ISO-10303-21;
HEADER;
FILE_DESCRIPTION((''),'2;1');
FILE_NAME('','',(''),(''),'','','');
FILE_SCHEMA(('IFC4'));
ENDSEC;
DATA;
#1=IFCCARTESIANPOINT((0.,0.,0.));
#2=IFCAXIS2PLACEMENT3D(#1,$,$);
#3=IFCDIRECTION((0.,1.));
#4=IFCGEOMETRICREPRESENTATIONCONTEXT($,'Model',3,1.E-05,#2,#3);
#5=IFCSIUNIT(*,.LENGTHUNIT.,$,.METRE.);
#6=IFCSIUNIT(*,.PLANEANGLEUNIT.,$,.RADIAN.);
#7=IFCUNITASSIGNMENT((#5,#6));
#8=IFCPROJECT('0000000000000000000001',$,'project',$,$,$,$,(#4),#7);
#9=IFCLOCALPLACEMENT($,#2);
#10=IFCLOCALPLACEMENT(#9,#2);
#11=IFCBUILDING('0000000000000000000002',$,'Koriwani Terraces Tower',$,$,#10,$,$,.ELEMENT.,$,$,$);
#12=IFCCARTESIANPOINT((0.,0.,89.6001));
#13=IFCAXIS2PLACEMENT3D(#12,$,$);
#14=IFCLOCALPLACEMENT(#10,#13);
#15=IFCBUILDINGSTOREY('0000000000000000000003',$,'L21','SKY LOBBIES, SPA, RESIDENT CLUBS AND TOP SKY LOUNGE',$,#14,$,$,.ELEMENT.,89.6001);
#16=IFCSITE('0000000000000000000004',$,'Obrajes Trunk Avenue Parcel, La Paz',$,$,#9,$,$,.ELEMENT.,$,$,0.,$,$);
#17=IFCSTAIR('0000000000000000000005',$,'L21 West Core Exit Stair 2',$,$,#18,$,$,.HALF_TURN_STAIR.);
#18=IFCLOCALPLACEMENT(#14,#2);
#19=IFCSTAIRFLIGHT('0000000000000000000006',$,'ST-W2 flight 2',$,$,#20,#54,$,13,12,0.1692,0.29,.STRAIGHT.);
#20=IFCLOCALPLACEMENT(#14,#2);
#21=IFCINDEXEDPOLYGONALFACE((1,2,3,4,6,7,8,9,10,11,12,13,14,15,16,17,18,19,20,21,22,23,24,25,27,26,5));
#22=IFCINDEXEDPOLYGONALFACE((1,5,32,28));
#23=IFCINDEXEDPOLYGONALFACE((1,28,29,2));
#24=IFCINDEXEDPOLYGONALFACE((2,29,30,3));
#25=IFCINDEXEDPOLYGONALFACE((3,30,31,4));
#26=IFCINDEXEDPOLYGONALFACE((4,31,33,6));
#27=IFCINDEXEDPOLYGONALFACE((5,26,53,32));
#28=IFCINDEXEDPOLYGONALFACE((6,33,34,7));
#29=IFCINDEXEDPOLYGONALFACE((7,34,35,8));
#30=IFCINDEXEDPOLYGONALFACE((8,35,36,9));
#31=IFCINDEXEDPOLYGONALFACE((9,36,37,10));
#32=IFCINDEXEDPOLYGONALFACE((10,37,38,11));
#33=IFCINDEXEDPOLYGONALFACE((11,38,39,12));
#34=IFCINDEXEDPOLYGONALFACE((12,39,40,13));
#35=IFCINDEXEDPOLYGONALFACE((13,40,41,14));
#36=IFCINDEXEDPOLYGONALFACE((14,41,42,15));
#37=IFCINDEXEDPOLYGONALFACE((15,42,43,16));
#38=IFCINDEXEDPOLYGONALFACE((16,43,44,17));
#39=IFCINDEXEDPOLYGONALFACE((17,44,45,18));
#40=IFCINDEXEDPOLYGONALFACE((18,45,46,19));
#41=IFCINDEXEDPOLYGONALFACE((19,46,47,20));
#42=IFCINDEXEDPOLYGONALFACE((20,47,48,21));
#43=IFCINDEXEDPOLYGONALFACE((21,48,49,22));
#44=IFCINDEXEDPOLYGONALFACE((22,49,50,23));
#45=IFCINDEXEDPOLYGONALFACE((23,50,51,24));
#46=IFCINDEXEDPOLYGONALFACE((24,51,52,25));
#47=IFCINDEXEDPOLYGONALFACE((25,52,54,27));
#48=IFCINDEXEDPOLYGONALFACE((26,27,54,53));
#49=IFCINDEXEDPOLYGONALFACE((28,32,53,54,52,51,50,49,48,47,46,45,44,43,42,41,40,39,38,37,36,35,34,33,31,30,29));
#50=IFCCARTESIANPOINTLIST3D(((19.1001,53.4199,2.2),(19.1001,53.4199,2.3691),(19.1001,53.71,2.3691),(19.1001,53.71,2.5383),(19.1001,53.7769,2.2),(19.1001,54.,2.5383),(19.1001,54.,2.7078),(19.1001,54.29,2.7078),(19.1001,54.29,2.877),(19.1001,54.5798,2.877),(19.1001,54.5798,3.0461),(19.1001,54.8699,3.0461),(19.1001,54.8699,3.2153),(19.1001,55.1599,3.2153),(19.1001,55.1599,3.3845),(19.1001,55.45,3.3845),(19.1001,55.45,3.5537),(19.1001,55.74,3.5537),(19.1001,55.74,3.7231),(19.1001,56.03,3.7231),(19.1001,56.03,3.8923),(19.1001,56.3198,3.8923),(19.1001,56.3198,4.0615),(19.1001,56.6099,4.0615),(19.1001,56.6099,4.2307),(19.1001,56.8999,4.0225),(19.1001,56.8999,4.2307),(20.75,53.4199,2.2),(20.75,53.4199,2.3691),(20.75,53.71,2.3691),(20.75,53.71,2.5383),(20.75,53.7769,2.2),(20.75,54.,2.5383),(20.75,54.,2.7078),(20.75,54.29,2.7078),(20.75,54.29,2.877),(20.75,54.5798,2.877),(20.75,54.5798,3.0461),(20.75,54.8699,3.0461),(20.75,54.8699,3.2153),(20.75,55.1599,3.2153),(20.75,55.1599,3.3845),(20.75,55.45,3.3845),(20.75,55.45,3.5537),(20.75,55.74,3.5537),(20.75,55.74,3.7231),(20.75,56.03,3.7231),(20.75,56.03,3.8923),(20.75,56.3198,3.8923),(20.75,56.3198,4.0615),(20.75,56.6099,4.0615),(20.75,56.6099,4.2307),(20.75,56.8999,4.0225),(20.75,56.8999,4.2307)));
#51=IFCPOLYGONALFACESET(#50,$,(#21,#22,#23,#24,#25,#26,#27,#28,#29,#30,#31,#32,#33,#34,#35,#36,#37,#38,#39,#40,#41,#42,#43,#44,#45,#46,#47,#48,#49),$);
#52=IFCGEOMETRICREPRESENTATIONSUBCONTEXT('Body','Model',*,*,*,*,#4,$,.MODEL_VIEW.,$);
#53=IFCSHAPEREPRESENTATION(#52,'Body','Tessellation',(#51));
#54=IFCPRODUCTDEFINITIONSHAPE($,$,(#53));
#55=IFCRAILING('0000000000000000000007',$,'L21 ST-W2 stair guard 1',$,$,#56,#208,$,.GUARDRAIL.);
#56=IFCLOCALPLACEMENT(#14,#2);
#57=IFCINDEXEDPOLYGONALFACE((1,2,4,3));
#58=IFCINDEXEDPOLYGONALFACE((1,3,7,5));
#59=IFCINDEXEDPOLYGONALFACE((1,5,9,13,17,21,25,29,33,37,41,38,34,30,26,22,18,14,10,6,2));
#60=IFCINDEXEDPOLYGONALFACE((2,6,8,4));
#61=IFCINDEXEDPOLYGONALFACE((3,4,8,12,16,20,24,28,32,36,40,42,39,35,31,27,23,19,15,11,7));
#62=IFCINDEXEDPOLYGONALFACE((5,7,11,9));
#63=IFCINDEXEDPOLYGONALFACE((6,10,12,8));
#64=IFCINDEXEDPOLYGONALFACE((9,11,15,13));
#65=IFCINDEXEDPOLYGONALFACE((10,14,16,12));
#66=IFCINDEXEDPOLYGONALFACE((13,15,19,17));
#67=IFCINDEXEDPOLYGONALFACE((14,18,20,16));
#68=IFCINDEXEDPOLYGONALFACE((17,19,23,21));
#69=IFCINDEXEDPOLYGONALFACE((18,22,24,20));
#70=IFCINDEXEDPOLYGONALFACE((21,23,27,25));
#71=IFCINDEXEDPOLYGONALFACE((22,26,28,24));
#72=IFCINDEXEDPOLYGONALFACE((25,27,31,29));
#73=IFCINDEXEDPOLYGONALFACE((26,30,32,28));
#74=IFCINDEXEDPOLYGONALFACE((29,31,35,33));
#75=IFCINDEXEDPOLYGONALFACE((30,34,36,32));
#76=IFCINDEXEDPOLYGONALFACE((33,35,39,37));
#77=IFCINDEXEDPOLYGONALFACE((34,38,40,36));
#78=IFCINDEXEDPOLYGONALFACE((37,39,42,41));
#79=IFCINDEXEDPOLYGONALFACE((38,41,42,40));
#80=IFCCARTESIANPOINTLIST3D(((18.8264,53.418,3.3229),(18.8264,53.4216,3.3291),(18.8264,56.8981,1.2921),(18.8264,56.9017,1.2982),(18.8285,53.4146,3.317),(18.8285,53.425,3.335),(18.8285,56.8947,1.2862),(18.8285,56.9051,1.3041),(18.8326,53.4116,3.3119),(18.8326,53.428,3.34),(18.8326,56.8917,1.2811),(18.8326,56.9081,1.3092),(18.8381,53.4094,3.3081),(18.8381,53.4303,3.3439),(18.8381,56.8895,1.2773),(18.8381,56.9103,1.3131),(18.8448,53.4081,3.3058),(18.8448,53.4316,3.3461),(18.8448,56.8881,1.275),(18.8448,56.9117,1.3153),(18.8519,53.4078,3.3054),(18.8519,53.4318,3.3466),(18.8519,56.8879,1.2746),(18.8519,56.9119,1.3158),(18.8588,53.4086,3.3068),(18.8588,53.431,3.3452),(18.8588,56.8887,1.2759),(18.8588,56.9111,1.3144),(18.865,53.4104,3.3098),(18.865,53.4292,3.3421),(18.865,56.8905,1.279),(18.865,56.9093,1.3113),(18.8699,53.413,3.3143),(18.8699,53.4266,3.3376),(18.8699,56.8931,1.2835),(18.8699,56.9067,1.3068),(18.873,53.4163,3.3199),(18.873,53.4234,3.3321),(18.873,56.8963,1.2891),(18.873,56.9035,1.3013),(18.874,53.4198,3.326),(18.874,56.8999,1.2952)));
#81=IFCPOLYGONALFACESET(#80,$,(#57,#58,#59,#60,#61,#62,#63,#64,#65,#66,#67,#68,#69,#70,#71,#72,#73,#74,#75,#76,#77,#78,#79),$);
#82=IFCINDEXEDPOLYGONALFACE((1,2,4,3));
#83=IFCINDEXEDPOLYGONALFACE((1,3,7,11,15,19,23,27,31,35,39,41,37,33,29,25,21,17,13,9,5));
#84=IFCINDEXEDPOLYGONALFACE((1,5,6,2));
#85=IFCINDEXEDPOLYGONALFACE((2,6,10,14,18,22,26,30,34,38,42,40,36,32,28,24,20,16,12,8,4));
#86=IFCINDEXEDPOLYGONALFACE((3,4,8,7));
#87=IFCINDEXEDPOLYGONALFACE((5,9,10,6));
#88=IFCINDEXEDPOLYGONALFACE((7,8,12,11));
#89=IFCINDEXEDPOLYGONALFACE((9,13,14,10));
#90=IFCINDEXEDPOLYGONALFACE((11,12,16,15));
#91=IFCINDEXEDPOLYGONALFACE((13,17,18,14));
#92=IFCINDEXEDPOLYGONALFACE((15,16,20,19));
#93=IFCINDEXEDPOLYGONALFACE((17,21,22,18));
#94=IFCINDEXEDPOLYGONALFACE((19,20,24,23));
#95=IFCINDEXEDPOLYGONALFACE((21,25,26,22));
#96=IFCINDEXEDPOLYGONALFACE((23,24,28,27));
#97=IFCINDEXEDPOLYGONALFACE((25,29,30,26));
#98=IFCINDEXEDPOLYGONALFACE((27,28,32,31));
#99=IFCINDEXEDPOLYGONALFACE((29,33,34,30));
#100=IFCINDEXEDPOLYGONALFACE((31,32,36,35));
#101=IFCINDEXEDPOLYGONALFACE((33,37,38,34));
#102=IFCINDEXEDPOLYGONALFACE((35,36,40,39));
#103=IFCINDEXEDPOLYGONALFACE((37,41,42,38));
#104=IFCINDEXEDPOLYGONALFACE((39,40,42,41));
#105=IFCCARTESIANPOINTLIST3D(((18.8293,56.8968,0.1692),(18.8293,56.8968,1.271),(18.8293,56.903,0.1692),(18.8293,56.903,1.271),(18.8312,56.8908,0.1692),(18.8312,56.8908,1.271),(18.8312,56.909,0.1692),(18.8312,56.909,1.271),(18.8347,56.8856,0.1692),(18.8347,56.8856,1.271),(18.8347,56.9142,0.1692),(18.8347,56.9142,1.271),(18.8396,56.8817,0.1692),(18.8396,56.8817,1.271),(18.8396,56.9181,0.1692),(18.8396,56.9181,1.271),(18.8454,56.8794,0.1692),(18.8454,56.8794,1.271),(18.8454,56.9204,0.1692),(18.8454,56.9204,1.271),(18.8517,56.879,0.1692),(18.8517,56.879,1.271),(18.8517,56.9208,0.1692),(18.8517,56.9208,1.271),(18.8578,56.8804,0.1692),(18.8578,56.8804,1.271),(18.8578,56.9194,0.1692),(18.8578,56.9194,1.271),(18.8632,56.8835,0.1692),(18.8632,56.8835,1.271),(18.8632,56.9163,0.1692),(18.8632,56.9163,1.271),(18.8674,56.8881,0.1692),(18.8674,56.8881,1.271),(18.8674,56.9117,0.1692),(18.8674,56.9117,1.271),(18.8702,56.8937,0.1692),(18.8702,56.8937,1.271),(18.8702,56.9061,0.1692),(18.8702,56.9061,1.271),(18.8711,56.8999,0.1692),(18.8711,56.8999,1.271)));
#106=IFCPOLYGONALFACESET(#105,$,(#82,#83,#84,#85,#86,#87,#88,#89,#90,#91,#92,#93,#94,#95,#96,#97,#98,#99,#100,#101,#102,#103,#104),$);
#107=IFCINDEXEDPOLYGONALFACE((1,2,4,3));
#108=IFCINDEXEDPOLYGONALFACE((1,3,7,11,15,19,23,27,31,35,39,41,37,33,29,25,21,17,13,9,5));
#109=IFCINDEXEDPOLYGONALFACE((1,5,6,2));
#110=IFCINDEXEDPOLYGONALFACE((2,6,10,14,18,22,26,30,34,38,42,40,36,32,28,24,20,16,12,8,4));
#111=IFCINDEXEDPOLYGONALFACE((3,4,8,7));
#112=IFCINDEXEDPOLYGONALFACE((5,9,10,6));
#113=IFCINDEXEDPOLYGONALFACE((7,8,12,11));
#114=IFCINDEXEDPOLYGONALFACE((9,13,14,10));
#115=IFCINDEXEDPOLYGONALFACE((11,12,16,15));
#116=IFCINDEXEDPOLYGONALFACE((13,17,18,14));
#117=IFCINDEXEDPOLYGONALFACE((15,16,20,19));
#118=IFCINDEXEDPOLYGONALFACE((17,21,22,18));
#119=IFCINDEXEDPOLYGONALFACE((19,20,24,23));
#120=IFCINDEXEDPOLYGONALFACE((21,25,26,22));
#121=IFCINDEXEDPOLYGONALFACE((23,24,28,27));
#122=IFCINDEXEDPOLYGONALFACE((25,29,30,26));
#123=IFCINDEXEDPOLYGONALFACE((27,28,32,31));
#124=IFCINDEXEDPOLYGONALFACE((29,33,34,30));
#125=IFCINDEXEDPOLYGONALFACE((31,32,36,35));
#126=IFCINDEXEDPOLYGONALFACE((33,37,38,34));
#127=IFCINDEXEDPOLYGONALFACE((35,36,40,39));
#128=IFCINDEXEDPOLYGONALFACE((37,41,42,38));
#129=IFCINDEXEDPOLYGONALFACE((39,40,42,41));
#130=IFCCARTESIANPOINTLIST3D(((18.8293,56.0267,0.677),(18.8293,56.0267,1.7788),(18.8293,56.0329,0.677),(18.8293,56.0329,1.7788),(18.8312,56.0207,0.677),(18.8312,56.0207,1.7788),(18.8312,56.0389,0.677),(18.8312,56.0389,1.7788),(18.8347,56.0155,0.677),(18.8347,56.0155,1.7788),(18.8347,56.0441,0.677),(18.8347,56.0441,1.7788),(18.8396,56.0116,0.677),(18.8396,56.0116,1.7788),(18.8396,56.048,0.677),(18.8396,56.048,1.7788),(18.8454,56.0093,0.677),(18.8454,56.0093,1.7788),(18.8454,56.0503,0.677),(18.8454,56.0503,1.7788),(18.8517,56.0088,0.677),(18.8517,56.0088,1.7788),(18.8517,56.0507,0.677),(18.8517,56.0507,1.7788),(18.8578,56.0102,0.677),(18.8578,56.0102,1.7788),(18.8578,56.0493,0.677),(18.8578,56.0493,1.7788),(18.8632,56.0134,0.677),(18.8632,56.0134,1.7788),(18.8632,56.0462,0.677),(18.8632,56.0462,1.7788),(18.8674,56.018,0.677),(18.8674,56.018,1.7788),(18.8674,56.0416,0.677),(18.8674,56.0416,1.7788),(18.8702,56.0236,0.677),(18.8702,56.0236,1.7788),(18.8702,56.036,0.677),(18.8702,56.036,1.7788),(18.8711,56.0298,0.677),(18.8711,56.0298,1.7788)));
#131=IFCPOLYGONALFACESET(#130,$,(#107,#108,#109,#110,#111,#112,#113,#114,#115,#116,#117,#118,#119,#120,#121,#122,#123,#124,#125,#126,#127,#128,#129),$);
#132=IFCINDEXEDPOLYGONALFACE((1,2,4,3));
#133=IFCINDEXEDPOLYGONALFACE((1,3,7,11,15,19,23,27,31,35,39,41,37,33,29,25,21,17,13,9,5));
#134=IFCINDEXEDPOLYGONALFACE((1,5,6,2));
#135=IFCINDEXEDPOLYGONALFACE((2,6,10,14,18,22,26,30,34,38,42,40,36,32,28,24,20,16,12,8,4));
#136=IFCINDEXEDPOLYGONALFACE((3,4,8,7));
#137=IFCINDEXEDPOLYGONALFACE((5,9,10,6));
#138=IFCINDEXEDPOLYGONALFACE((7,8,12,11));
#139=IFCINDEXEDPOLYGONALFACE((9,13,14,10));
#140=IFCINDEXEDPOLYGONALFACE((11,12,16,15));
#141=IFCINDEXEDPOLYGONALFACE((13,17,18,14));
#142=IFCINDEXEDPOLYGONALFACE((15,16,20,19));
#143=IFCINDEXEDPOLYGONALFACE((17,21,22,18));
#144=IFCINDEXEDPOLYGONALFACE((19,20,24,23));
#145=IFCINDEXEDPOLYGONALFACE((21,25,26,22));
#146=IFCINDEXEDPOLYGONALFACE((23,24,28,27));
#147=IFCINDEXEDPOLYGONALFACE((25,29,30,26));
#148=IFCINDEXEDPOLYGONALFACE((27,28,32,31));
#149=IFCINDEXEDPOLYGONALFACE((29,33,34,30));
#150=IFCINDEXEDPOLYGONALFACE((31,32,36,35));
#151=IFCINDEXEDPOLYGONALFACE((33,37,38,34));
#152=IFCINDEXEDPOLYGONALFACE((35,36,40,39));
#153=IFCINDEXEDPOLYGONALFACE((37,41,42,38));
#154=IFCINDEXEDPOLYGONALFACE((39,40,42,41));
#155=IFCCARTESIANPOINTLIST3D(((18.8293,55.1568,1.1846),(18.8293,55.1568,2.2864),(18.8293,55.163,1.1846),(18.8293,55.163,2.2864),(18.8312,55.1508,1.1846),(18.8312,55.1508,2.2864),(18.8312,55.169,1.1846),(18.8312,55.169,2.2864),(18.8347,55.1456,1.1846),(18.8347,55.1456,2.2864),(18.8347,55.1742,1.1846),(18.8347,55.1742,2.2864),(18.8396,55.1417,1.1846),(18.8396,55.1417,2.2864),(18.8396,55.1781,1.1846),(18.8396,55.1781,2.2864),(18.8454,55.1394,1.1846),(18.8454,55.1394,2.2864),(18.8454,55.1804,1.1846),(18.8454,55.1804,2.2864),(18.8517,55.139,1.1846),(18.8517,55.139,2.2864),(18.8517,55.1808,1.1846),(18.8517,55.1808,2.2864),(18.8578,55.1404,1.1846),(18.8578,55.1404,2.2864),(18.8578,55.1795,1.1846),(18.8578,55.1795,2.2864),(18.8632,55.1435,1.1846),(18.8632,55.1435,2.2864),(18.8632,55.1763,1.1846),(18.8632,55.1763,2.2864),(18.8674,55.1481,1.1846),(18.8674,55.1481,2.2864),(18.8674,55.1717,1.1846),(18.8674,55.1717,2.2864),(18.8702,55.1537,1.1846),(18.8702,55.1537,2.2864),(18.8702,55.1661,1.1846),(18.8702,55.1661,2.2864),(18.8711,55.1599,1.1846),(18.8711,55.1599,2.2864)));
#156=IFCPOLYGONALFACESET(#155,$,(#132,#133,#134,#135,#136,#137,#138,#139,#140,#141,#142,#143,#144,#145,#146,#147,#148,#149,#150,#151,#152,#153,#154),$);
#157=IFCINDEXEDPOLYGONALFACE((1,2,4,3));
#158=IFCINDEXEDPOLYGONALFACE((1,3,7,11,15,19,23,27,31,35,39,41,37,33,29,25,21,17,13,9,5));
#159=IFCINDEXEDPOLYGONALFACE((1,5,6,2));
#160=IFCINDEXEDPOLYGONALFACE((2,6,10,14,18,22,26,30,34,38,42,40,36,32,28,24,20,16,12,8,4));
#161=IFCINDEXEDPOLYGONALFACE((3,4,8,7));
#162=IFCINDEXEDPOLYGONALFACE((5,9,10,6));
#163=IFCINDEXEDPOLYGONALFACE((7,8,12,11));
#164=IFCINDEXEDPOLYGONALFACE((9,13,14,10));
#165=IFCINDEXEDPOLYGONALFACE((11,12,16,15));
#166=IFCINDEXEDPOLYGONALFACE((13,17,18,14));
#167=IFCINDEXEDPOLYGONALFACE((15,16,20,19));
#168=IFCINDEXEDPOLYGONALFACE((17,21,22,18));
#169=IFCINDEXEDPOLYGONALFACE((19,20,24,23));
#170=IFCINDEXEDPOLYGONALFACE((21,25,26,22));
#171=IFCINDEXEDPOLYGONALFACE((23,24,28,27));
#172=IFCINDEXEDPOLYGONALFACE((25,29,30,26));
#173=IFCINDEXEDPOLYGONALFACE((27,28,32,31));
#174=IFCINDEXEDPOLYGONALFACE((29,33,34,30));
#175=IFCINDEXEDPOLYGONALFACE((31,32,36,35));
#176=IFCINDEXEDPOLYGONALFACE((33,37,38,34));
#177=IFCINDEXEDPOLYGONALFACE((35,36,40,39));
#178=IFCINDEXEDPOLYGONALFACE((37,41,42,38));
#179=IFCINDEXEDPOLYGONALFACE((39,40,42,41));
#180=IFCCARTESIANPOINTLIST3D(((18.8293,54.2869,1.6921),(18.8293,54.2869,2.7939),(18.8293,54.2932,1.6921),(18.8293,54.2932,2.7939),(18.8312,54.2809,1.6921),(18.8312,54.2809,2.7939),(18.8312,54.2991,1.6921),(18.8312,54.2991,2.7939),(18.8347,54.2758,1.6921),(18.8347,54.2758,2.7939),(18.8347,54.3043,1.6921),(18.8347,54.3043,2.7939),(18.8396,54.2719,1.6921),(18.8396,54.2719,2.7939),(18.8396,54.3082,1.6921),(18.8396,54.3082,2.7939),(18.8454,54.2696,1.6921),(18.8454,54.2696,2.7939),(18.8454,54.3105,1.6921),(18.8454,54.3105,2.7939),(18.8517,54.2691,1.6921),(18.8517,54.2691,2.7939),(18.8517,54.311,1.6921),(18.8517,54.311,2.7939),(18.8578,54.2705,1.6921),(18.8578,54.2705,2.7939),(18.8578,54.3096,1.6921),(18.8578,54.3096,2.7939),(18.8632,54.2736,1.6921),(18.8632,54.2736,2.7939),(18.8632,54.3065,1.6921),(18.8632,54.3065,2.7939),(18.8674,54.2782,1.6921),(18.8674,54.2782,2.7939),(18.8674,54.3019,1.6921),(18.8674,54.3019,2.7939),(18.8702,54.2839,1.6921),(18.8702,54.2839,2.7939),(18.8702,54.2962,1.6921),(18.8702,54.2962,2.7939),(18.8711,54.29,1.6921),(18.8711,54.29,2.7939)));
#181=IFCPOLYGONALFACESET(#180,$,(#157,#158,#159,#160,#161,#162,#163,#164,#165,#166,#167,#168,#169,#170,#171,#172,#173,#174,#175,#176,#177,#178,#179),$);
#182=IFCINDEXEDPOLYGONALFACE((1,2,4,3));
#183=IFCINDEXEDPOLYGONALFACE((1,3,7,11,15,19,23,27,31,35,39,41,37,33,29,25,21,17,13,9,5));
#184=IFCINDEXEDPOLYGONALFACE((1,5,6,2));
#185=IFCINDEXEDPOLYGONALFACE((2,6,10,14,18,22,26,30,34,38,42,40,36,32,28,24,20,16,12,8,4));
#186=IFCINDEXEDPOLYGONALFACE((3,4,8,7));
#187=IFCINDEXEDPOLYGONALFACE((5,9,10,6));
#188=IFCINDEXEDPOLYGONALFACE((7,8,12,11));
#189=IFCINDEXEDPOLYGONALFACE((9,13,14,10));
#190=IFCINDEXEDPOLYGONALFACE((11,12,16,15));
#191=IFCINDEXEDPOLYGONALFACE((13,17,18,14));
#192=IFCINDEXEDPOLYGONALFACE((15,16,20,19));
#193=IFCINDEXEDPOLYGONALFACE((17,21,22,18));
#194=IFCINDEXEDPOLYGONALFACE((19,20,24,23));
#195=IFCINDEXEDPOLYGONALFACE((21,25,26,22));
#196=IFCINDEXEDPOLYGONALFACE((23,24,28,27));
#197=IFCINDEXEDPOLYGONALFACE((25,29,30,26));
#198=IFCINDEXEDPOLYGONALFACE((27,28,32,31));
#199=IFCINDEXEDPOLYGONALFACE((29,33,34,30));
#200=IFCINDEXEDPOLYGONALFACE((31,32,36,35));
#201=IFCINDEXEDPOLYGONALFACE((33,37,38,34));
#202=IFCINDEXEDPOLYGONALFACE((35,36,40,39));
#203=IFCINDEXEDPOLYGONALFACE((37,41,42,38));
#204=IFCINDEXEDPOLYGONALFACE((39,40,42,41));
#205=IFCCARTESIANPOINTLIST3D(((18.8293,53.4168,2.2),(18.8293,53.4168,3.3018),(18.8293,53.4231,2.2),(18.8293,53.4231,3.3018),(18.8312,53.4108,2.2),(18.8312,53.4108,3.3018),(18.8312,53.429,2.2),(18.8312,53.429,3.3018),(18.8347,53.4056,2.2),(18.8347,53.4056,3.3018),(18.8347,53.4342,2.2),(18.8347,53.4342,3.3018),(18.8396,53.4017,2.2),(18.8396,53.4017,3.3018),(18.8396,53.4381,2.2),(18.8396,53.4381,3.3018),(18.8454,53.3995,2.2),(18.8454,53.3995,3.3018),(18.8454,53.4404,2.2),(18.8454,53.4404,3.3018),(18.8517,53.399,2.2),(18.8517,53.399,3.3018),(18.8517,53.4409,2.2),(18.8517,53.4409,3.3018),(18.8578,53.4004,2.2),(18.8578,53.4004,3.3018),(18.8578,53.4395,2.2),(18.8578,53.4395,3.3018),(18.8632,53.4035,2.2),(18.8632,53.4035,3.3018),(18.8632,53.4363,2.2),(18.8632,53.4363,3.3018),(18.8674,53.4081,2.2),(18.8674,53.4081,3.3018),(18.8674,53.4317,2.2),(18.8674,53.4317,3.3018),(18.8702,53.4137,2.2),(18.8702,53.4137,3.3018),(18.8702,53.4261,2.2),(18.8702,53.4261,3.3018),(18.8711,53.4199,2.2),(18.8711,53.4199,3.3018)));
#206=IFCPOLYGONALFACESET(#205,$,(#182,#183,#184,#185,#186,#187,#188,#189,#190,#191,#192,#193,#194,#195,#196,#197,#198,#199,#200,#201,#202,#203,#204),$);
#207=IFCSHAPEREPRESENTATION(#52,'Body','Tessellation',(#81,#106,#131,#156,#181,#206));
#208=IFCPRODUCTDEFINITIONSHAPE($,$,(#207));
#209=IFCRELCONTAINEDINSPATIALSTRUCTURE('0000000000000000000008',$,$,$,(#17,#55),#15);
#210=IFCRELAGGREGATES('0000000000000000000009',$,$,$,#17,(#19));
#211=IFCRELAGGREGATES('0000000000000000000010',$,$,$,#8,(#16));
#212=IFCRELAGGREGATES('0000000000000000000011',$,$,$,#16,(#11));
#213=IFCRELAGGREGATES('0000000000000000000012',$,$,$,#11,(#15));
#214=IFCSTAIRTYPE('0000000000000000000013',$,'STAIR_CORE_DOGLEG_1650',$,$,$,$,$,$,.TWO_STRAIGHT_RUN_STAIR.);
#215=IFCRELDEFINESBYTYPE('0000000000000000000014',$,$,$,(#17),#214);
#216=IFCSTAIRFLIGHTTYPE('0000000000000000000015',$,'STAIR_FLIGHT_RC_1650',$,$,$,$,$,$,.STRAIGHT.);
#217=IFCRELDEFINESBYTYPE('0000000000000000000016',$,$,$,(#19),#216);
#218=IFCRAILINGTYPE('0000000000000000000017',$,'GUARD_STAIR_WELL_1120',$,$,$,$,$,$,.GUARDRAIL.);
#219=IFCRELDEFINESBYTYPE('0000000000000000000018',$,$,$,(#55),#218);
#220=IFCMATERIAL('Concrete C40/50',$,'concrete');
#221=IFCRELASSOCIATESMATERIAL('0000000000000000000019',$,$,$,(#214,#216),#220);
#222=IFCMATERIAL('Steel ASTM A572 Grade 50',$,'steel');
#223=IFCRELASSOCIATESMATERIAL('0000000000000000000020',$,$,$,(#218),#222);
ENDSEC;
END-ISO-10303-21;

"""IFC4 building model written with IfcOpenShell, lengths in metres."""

from ifc_helpers import new_model, si_unit, direction, frame, origin, origin_2d, place, context, subcontext, project, spatial, polyline, circle, outline, extrude, material, type_object, element, aggregate, save


model = new_model("IFC4")

# Units and contexts
model_context = context("Model", 3, precision=1e-05, world=origin(), true_north=direction((0.0, 1.0)))
body_context = subcontext(model_context, "Body", "Model", "MODEL_VIEW")
ifc_project = project(units=[si_unit("LENGTHUNIT", "METRE"), si_unit("PLANEANGLEUNIT", "RADIAN")], contexts=[model_context])

# Site, building, storey
site_placement = place(None, origin())
site = spatial("IfcSite", under=ifc_project, at=site_placement, Name="Obrajes Trunk Avenue Parcel, La Paz", CompositionType="ELEMENT", RefElevation=0.0)
building_placement = place(site_placement, origin())
building = spatial("IfcBuilding", under=site, at=building_placement, Name="Koriwani Terraces Tower", CompositionType="ELEMENT")
storey_placement = place(building_placement, frame((0.0, 0.0, 89.6001)))
storey = spatial("IfcBuildingStorey", under=building, at=storey_placement, Name="L21", Description="SKY LOBBIES, SPA, RESIDENT CLUBS AND TOP SKY LOUNGE", CompositionType="ELEMENT", Elevation=89.6001)

# Shared definitions
ifc_material_1 = material(Name="Steel ASTM A572 Grade 50", Category="steel")

# Shared definitions
ifc_material_2 = material(Name="Concrete C40/50", Category="concrete")

# Stair, stair flight
stair_type = type_object("IfcStairType", Name="STAIR_CORE_DOGLEG_1650", PredefinedType="TWO_STRAIGHT_RUN_STAIR", material=ifc_material_2)
stair_placement = place(storey_placement, origin())
stair = element("IfcStair", 1, at=stair_placement, inside=storey, type_object=stair_type, Name="L21 West Core Exit Stair 2", PredefinedType="HALF_TURN_STAIR")
stair_flight_type = type_object("IfcStairFlightType", Name="STAIR_FLIGHT_RC_1650", PredefinedType="STRAIGHT", material=ifc_material_2)
stair_flight_1_placement = place(storey_placement, frame((19.925, 53.4199, 2.2), z_axis=(0.0, 0.0, 1.0), x_axis=(0.0, 1.0, 0.0)))
stair_flight_1 = element("IfcStairFlight", 2, at=stair_flight_1_placement, type_object=stair_flight_type, Name="ST-W2 flight 2", NumberOfRisers=13, NumberOfTreads=12, PredefinedType="STRAIGHT", RiserHeight=0.1692, TreadLength=0.29, context=body_context, shape_type="SweptSolid", body=[
    extrude(outline(polyline([(0.0, 0.0), (0.0, 0.1692), (0.29, 0.1692), (0.29, 0.3384), (0.5801, 0.3384), (0.5801, 0.5078), (0.8701, 0.5078), (0.8701, 0.677), (1.1599, 0.677), (1.1599, 0.8462), (1.45, 0.8462), (1.45, 1.0154), (1.74, 1.0154), (1.74, 1.1846), (2.03, 1.1846), (2.03, 1.3538), (2.3201, 1.3538), (2.3201, 1.5232), (2.6101, 1.5232), (2.6101, 1.6924), (2.8999, 1.6924), (2.8999, 1.8616), (3.1899, 1.8616), (3.1899, 2.0308), (3.48, 2.0308), (3.48, 2.2), (3.48, 1.8225), (0.3569, 0.0), (0.0, 0.0)])), frame((0.0, 0.825, 0.0), z_axis=(0.0, -1.0, 0.0), x_axis=(1.0, 0.0, 0.0)), (0.0, 0.0, 1.0), 1.6499),
])
aggregate(stair, [stair_flight_1])

# Railing
railing_type_1 = type_object("IfcRailingType", Name="GUARD_STAIR_WELL_1120", PredefinedType="GUARDRAIL", material=ifc_material_1)
railing_1_placement = place(storey_placement, frame((18.8501, 56.8999, 0.1692)))
element("IfcRailing", 3, at=railing_1_placement, inside=storey, type_object=railing_type_1, Name="L21 ST-W2 stair guard 1", PredefinedType="GUARDRAIL", context=body_context, shape_type="SweptSolid", body=[
    extrude(circle(Radius=0.0239, at=origin_2d()), frame((0.0, 0.0, 1.126), z_axis=(0.0, -0.863695, 0.504014), x_axis=(1.0, 0.0, 0.0)), (0.0, 0.0, 1.0), 4.0293),
    extrude(circle(Radius=0.021, at=origin_2d()), origin(), (0.0, 0.0, 1.0), 1.1018),
    extrude(circle(Radius=0.021, at=origin_2d()), frame((0.0, -0.8701, 0.5078)), (0.0, 0.0, 1.0), 1.1018),
    extrude(circle(Radius=0.021, at=origin_2d()), frame((0.0, -1.74, 1.0154)), (0.0, 0.0, 1.0), 1.1018),
    extrude(circle(Radius=0.021, at=origin_2d()), frame((0.0, -2.6099, 1.5229)), (0.0, 0.0, 1.0), 1.1018),
    extrude(circle(Radius=0.021, at=origin_2d()), frame((0.0, -3.48, 2.0308)), (0.0, 0.0, 1.0), 1.1018),
])

save(model, "model.ifc")
